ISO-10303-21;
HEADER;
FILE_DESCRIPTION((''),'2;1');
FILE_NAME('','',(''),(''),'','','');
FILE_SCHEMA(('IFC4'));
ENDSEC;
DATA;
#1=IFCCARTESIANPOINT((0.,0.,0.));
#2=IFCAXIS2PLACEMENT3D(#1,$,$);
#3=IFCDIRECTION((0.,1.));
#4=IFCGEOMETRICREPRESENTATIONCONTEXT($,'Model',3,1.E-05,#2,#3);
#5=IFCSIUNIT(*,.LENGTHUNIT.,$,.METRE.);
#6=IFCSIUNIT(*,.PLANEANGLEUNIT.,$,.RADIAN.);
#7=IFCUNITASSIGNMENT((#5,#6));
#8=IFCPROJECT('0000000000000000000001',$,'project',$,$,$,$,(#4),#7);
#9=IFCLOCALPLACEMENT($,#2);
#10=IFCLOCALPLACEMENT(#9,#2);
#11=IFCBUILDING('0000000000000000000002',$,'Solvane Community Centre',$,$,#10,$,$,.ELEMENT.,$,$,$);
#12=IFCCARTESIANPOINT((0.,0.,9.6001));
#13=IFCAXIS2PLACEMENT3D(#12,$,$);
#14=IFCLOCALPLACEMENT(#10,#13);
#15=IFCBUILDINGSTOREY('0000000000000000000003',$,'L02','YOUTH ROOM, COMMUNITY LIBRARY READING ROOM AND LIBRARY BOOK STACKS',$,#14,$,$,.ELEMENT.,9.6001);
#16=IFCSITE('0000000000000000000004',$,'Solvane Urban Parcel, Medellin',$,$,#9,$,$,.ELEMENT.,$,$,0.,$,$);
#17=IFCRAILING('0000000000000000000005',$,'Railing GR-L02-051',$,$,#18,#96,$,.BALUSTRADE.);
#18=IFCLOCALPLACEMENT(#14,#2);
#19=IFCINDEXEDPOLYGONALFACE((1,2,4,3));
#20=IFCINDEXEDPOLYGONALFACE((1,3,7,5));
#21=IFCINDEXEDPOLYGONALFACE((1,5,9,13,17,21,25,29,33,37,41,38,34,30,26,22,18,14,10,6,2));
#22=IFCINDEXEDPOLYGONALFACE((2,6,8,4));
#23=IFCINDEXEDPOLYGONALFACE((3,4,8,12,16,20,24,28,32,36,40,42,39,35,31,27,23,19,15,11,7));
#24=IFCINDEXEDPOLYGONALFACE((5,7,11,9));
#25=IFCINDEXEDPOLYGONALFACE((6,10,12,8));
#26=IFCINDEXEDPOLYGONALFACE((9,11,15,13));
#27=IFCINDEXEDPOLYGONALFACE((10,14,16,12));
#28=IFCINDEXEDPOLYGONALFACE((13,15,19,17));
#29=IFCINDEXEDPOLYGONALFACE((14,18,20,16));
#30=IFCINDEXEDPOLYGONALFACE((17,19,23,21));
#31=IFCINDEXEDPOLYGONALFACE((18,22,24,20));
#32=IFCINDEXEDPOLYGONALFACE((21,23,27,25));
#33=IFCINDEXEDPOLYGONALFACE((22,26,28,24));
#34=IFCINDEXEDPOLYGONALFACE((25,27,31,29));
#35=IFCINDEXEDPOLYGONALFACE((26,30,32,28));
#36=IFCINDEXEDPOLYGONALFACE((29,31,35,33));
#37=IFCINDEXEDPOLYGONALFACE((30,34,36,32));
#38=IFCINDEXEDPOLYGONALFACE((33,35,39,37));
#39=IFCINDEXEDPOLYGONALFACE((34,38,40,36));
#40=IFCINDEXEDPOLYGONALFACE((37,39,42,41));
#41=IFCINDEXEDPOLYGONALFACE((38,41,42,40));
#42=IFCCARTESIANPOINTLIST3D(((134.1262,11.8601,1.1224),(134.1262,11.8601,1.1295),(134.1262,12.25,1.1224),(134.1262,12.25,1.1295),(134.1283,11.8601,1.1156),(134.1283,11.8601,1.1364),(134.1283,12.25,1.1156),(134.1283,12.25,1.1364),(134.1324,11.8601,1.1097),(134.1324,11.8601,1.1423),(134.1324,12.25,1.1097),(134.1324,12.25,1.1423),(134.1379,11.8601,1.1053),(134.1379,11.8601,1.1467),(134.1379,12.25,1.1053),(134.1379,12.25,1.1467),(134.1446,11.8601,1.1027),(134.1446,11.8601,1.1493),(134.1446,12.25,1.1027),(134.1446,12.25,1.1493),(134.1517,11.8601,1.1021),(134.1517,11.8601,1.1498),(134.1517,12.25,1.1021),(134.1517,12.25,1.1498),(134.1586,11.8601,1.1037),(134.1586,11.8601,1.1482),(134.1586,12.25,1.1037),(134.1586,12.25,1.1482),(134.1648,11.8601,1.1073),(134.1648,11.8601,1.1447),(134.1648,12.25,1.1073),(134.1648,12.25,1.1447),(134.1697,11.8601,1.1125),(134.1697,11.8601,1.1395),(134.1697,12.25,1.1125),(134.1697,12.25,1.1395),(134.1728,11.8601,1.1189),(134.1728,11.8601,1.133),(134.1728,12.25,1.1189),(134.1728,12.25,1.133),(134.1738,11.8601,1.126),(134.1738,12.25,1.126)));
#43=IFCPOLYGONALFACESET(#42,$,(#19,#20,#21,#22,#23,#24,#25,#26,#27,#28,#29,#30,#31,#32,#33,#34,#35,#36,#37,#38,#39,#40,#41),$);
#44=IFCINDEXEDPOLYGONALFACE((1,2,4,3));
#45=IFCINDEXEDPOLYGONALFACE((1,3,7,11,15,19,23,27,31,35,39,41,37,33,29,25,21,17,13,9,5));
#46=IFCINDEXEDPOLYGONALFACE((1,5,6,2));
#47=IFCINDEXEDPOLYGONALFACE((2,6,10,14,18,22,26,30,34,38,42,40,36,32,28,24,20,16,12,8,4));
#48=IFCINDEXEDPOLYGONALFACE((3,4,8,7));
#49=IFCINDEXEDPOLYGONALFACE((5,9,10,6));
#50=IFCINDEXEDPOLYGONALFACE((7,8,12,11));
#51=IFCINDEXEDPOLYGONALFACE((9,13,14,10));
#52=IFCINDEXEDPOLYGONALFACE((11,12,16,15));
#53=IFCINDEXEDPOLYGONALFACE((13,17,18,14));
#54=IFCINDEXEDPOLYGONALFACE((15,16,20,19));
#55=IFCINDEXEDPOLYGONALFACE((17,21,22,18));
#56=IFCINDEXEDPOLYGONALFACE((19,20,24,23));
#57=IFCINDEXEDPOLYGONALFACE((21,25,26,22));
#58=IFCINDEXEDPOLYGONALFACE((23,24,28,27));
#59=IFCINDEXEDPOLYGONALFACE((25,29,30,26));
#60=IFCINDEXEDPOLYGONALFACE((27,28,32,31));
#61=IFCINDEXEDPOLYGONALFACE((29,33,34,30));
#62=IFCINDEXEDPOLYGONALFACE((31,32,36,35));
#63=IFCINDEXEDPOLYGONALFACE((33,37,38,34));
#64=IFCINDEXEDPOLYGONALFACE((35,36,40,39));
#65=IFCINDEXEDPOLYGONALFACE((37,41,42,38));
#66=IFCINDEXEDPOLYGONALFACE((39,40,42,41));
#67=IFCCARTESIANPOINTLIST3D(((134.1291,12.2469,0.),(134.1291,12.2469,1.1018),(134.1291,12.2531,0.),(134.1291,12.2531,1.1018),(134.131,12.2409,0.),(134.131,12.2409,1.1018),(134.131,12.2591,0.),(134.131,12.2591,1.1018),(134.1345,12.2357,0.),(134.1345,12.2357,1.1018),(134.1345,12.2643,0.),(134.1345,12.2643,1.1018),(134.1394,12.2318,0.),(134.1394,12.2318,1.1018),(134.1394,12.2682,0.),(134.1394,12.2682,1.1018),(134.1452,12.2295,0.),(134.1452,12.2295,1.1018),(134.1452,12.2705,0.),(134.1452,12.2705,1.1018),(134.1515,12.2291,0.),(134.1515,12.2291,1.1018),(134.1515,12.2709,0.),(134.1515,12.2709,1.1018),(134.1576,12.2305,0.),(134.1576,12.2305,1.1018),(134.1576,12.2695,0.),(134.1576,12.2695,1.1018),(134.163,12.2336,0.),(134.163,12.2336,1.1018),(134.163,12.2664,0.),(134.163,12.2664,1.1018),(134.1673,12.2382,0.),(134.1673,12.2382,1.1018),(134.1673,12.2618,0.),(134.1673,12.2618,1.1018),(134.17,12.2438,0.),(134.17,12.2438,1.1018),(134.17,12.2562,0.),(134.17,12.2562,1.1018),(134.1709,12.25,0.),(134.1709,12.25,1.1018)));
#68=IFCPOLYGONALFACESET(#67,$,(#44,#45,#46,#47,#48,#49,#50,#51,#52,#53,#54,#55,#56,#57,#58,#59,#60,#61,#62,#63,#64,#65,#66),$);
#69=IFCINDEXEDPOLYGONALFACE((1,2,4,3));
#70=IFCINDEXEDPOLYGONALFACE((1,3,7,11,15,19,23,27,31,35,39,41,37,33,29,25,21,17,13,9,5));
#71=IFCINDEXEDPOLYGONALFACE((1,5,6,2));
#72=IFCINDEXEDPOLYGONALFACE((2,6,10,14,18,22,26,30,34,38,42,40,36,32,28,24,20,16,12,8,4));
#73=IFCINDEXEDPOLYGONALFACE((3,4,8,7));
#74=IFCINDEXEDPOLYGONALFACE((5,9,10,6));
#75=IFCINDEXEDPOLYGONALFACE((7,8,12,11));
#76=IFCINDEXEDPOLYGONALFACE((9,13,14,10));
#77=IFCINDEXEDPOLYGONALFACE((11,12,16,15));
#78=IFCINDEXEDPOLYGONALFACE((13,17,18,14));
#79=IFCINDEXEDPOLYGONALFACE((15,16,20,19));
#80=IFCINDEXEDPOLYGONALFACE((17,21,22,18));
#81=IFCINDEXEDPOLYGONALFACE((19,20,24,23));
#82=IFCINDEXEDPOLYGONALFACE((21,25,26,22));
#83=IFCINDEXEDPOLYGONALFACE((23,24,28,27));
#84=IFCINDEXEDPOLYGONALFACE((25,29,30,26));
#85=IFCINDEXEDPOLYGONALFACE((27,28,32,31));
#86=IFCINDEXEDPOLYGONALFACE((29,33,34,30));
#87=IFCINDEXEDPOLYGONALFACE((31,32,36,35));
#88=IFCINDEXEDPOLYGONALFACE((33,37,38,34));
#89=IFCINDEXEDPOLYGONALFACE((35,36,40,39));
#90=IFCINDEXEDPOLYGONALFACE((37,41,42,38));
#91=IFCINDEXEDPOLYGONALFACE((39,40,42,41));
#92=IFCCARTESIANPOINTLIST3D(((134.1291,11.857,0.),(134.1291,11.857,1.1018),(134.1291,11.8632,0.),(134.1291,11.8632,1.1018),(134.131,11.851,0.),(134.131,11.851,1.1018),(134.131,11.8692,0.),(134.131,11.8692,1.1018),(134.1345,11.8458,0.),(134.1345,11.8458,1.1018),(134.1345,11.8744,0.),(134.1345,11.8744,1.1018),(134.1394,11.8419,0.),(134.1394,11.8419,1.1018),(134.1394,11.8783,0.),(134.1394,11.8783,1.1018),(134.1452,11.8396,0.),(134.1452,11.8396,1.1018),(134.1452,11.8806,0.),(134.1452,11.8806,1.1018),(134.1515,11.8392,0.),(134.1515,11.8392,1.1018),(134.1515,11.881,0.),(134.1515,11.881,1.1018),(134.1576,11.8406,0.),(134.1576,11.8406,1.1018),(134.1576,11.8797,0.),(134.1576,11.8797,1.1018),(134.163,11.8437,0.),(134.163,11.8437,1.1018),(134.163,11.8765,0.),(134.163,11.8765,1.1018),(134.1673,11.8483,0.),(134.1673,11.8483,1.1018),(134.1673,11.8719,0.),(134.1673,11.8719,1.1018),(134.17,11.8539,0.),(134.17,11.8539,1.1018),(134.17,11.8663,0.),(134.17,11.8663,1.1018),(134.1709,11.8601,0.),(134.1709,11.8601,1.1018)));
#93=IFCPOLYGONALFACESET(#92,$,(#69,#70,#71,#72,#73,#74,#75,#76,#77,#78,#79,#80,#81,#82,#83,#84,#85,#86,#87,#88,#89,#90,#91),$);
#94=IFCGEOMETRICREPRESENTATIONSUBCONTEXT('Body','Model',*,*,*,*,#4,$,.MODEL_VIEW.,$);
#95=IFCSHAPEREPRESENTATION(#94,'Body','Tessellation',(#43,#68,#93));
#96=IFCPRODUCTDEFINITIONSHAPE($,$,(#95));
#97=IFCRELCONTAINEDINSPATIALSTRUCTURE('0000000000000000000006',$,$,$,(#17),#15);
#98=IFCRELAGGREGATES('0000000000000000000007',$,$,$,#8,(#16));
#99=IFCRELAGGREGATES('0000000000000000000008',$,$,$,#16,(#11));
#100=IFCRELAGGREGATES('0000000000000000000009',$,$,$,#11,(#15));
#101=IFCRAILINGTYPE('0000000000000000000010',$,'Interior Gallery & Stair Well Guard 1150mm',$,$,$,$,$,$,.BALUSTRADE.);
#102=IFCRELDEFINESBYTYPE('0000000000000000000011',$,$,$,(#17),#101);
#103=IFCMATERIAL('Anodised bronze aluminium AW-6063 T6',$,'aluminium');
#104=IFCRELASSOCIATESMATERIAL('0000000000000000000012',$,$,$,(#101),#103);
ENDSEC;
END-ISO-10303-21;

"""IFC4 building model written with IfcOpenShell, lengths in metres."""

from ifc_helpers import new_model, si_unit, direction, frame, origin, origin_2d, place, context, subcontext, project, spatial, circle, extrude, material, type_object, element, save


model = new_model("IFC4")

# Units and contexts
model_context = context("Model", 3, precision=1e-05, world=origin(), true_north=direction((0.0, 1.0)))
body_context = subcontext(model_context, "Body", "Model", "MODEL_VIEW")
ifc_project = project(units=[si_unit("LENGTHUNIT", "METRE"), si_unit("PLANEANGLEUNIT", "RADIAN")], contexts=[model_context])

# Site, building, storey
site_placement = place(None, origin())
site = spatial("IfcSite", under=ifc_project, at=site_placement, Name="Solvane Urban Parcel, Medellin", CompositionType="ELEMENT", RefElevation=0.0)
building_placement = place(site_placement, origin())
building = spatial("IfcBuilding", under=site, at=building_placement, Name="Solvane Community Centre", CompositionType="ELEMENT")
storey_placement = place(building_placement, frame((0.0, 0.0, 9.6001)))
storey = spatial("IfcBuildingStorey", under=building, at=storey_placement, Name="L02", Description="YOUTH ROOM, COMMUNITY LIBRARY READING ROOM AND LIBRARY BOOK STACKS", CompositionType="ELEMENT", Elevation=9.6001)

# Shared definitions
ifc_material_1 = material(Name="Anodised bronze aluminium AW-6063 T6", Category="aluminium")

# Railing
railing_type_1 = type_object("IfcRailingType", Name="Interior Gallery & Stair Well Guard 1150mm", PredefinedType="BALUSTRADE", material=ifc_material_1)
railing_1_placement = place(storey_placement, frame((134.1499, 12.25, 0.0)))
element("IfcRailing", 1, at=railing_1_placement, inside=storey, type_object=railing_type_1, Name="Railing GR-L02-051", PredefinedType="BALUSTRADE", context=body_context, shape_type="SweptSolid", body=[
    extrude(circle(Radius=0.0239, at=origin_2d()), frame((0.0, 0.0, 1.126), z_axis=(0.0, -1.0, 0.0), x_axis=(1.0, 0.0, 0.0)), (0.0, 0.0, 1.0), 0.3899),
    extrude(circle(Radius=0.021, at=origin_2d()), origin(), (0.0, 0.0, 1.0), 1.1018),
    extrude(circle(Radius=0.021, at=origin_2d()), frame((0.0, -0.3899, 0.0)), (0.0, 0.0, 1.0), 1.1018),
])

save(model, "model.ifc")
